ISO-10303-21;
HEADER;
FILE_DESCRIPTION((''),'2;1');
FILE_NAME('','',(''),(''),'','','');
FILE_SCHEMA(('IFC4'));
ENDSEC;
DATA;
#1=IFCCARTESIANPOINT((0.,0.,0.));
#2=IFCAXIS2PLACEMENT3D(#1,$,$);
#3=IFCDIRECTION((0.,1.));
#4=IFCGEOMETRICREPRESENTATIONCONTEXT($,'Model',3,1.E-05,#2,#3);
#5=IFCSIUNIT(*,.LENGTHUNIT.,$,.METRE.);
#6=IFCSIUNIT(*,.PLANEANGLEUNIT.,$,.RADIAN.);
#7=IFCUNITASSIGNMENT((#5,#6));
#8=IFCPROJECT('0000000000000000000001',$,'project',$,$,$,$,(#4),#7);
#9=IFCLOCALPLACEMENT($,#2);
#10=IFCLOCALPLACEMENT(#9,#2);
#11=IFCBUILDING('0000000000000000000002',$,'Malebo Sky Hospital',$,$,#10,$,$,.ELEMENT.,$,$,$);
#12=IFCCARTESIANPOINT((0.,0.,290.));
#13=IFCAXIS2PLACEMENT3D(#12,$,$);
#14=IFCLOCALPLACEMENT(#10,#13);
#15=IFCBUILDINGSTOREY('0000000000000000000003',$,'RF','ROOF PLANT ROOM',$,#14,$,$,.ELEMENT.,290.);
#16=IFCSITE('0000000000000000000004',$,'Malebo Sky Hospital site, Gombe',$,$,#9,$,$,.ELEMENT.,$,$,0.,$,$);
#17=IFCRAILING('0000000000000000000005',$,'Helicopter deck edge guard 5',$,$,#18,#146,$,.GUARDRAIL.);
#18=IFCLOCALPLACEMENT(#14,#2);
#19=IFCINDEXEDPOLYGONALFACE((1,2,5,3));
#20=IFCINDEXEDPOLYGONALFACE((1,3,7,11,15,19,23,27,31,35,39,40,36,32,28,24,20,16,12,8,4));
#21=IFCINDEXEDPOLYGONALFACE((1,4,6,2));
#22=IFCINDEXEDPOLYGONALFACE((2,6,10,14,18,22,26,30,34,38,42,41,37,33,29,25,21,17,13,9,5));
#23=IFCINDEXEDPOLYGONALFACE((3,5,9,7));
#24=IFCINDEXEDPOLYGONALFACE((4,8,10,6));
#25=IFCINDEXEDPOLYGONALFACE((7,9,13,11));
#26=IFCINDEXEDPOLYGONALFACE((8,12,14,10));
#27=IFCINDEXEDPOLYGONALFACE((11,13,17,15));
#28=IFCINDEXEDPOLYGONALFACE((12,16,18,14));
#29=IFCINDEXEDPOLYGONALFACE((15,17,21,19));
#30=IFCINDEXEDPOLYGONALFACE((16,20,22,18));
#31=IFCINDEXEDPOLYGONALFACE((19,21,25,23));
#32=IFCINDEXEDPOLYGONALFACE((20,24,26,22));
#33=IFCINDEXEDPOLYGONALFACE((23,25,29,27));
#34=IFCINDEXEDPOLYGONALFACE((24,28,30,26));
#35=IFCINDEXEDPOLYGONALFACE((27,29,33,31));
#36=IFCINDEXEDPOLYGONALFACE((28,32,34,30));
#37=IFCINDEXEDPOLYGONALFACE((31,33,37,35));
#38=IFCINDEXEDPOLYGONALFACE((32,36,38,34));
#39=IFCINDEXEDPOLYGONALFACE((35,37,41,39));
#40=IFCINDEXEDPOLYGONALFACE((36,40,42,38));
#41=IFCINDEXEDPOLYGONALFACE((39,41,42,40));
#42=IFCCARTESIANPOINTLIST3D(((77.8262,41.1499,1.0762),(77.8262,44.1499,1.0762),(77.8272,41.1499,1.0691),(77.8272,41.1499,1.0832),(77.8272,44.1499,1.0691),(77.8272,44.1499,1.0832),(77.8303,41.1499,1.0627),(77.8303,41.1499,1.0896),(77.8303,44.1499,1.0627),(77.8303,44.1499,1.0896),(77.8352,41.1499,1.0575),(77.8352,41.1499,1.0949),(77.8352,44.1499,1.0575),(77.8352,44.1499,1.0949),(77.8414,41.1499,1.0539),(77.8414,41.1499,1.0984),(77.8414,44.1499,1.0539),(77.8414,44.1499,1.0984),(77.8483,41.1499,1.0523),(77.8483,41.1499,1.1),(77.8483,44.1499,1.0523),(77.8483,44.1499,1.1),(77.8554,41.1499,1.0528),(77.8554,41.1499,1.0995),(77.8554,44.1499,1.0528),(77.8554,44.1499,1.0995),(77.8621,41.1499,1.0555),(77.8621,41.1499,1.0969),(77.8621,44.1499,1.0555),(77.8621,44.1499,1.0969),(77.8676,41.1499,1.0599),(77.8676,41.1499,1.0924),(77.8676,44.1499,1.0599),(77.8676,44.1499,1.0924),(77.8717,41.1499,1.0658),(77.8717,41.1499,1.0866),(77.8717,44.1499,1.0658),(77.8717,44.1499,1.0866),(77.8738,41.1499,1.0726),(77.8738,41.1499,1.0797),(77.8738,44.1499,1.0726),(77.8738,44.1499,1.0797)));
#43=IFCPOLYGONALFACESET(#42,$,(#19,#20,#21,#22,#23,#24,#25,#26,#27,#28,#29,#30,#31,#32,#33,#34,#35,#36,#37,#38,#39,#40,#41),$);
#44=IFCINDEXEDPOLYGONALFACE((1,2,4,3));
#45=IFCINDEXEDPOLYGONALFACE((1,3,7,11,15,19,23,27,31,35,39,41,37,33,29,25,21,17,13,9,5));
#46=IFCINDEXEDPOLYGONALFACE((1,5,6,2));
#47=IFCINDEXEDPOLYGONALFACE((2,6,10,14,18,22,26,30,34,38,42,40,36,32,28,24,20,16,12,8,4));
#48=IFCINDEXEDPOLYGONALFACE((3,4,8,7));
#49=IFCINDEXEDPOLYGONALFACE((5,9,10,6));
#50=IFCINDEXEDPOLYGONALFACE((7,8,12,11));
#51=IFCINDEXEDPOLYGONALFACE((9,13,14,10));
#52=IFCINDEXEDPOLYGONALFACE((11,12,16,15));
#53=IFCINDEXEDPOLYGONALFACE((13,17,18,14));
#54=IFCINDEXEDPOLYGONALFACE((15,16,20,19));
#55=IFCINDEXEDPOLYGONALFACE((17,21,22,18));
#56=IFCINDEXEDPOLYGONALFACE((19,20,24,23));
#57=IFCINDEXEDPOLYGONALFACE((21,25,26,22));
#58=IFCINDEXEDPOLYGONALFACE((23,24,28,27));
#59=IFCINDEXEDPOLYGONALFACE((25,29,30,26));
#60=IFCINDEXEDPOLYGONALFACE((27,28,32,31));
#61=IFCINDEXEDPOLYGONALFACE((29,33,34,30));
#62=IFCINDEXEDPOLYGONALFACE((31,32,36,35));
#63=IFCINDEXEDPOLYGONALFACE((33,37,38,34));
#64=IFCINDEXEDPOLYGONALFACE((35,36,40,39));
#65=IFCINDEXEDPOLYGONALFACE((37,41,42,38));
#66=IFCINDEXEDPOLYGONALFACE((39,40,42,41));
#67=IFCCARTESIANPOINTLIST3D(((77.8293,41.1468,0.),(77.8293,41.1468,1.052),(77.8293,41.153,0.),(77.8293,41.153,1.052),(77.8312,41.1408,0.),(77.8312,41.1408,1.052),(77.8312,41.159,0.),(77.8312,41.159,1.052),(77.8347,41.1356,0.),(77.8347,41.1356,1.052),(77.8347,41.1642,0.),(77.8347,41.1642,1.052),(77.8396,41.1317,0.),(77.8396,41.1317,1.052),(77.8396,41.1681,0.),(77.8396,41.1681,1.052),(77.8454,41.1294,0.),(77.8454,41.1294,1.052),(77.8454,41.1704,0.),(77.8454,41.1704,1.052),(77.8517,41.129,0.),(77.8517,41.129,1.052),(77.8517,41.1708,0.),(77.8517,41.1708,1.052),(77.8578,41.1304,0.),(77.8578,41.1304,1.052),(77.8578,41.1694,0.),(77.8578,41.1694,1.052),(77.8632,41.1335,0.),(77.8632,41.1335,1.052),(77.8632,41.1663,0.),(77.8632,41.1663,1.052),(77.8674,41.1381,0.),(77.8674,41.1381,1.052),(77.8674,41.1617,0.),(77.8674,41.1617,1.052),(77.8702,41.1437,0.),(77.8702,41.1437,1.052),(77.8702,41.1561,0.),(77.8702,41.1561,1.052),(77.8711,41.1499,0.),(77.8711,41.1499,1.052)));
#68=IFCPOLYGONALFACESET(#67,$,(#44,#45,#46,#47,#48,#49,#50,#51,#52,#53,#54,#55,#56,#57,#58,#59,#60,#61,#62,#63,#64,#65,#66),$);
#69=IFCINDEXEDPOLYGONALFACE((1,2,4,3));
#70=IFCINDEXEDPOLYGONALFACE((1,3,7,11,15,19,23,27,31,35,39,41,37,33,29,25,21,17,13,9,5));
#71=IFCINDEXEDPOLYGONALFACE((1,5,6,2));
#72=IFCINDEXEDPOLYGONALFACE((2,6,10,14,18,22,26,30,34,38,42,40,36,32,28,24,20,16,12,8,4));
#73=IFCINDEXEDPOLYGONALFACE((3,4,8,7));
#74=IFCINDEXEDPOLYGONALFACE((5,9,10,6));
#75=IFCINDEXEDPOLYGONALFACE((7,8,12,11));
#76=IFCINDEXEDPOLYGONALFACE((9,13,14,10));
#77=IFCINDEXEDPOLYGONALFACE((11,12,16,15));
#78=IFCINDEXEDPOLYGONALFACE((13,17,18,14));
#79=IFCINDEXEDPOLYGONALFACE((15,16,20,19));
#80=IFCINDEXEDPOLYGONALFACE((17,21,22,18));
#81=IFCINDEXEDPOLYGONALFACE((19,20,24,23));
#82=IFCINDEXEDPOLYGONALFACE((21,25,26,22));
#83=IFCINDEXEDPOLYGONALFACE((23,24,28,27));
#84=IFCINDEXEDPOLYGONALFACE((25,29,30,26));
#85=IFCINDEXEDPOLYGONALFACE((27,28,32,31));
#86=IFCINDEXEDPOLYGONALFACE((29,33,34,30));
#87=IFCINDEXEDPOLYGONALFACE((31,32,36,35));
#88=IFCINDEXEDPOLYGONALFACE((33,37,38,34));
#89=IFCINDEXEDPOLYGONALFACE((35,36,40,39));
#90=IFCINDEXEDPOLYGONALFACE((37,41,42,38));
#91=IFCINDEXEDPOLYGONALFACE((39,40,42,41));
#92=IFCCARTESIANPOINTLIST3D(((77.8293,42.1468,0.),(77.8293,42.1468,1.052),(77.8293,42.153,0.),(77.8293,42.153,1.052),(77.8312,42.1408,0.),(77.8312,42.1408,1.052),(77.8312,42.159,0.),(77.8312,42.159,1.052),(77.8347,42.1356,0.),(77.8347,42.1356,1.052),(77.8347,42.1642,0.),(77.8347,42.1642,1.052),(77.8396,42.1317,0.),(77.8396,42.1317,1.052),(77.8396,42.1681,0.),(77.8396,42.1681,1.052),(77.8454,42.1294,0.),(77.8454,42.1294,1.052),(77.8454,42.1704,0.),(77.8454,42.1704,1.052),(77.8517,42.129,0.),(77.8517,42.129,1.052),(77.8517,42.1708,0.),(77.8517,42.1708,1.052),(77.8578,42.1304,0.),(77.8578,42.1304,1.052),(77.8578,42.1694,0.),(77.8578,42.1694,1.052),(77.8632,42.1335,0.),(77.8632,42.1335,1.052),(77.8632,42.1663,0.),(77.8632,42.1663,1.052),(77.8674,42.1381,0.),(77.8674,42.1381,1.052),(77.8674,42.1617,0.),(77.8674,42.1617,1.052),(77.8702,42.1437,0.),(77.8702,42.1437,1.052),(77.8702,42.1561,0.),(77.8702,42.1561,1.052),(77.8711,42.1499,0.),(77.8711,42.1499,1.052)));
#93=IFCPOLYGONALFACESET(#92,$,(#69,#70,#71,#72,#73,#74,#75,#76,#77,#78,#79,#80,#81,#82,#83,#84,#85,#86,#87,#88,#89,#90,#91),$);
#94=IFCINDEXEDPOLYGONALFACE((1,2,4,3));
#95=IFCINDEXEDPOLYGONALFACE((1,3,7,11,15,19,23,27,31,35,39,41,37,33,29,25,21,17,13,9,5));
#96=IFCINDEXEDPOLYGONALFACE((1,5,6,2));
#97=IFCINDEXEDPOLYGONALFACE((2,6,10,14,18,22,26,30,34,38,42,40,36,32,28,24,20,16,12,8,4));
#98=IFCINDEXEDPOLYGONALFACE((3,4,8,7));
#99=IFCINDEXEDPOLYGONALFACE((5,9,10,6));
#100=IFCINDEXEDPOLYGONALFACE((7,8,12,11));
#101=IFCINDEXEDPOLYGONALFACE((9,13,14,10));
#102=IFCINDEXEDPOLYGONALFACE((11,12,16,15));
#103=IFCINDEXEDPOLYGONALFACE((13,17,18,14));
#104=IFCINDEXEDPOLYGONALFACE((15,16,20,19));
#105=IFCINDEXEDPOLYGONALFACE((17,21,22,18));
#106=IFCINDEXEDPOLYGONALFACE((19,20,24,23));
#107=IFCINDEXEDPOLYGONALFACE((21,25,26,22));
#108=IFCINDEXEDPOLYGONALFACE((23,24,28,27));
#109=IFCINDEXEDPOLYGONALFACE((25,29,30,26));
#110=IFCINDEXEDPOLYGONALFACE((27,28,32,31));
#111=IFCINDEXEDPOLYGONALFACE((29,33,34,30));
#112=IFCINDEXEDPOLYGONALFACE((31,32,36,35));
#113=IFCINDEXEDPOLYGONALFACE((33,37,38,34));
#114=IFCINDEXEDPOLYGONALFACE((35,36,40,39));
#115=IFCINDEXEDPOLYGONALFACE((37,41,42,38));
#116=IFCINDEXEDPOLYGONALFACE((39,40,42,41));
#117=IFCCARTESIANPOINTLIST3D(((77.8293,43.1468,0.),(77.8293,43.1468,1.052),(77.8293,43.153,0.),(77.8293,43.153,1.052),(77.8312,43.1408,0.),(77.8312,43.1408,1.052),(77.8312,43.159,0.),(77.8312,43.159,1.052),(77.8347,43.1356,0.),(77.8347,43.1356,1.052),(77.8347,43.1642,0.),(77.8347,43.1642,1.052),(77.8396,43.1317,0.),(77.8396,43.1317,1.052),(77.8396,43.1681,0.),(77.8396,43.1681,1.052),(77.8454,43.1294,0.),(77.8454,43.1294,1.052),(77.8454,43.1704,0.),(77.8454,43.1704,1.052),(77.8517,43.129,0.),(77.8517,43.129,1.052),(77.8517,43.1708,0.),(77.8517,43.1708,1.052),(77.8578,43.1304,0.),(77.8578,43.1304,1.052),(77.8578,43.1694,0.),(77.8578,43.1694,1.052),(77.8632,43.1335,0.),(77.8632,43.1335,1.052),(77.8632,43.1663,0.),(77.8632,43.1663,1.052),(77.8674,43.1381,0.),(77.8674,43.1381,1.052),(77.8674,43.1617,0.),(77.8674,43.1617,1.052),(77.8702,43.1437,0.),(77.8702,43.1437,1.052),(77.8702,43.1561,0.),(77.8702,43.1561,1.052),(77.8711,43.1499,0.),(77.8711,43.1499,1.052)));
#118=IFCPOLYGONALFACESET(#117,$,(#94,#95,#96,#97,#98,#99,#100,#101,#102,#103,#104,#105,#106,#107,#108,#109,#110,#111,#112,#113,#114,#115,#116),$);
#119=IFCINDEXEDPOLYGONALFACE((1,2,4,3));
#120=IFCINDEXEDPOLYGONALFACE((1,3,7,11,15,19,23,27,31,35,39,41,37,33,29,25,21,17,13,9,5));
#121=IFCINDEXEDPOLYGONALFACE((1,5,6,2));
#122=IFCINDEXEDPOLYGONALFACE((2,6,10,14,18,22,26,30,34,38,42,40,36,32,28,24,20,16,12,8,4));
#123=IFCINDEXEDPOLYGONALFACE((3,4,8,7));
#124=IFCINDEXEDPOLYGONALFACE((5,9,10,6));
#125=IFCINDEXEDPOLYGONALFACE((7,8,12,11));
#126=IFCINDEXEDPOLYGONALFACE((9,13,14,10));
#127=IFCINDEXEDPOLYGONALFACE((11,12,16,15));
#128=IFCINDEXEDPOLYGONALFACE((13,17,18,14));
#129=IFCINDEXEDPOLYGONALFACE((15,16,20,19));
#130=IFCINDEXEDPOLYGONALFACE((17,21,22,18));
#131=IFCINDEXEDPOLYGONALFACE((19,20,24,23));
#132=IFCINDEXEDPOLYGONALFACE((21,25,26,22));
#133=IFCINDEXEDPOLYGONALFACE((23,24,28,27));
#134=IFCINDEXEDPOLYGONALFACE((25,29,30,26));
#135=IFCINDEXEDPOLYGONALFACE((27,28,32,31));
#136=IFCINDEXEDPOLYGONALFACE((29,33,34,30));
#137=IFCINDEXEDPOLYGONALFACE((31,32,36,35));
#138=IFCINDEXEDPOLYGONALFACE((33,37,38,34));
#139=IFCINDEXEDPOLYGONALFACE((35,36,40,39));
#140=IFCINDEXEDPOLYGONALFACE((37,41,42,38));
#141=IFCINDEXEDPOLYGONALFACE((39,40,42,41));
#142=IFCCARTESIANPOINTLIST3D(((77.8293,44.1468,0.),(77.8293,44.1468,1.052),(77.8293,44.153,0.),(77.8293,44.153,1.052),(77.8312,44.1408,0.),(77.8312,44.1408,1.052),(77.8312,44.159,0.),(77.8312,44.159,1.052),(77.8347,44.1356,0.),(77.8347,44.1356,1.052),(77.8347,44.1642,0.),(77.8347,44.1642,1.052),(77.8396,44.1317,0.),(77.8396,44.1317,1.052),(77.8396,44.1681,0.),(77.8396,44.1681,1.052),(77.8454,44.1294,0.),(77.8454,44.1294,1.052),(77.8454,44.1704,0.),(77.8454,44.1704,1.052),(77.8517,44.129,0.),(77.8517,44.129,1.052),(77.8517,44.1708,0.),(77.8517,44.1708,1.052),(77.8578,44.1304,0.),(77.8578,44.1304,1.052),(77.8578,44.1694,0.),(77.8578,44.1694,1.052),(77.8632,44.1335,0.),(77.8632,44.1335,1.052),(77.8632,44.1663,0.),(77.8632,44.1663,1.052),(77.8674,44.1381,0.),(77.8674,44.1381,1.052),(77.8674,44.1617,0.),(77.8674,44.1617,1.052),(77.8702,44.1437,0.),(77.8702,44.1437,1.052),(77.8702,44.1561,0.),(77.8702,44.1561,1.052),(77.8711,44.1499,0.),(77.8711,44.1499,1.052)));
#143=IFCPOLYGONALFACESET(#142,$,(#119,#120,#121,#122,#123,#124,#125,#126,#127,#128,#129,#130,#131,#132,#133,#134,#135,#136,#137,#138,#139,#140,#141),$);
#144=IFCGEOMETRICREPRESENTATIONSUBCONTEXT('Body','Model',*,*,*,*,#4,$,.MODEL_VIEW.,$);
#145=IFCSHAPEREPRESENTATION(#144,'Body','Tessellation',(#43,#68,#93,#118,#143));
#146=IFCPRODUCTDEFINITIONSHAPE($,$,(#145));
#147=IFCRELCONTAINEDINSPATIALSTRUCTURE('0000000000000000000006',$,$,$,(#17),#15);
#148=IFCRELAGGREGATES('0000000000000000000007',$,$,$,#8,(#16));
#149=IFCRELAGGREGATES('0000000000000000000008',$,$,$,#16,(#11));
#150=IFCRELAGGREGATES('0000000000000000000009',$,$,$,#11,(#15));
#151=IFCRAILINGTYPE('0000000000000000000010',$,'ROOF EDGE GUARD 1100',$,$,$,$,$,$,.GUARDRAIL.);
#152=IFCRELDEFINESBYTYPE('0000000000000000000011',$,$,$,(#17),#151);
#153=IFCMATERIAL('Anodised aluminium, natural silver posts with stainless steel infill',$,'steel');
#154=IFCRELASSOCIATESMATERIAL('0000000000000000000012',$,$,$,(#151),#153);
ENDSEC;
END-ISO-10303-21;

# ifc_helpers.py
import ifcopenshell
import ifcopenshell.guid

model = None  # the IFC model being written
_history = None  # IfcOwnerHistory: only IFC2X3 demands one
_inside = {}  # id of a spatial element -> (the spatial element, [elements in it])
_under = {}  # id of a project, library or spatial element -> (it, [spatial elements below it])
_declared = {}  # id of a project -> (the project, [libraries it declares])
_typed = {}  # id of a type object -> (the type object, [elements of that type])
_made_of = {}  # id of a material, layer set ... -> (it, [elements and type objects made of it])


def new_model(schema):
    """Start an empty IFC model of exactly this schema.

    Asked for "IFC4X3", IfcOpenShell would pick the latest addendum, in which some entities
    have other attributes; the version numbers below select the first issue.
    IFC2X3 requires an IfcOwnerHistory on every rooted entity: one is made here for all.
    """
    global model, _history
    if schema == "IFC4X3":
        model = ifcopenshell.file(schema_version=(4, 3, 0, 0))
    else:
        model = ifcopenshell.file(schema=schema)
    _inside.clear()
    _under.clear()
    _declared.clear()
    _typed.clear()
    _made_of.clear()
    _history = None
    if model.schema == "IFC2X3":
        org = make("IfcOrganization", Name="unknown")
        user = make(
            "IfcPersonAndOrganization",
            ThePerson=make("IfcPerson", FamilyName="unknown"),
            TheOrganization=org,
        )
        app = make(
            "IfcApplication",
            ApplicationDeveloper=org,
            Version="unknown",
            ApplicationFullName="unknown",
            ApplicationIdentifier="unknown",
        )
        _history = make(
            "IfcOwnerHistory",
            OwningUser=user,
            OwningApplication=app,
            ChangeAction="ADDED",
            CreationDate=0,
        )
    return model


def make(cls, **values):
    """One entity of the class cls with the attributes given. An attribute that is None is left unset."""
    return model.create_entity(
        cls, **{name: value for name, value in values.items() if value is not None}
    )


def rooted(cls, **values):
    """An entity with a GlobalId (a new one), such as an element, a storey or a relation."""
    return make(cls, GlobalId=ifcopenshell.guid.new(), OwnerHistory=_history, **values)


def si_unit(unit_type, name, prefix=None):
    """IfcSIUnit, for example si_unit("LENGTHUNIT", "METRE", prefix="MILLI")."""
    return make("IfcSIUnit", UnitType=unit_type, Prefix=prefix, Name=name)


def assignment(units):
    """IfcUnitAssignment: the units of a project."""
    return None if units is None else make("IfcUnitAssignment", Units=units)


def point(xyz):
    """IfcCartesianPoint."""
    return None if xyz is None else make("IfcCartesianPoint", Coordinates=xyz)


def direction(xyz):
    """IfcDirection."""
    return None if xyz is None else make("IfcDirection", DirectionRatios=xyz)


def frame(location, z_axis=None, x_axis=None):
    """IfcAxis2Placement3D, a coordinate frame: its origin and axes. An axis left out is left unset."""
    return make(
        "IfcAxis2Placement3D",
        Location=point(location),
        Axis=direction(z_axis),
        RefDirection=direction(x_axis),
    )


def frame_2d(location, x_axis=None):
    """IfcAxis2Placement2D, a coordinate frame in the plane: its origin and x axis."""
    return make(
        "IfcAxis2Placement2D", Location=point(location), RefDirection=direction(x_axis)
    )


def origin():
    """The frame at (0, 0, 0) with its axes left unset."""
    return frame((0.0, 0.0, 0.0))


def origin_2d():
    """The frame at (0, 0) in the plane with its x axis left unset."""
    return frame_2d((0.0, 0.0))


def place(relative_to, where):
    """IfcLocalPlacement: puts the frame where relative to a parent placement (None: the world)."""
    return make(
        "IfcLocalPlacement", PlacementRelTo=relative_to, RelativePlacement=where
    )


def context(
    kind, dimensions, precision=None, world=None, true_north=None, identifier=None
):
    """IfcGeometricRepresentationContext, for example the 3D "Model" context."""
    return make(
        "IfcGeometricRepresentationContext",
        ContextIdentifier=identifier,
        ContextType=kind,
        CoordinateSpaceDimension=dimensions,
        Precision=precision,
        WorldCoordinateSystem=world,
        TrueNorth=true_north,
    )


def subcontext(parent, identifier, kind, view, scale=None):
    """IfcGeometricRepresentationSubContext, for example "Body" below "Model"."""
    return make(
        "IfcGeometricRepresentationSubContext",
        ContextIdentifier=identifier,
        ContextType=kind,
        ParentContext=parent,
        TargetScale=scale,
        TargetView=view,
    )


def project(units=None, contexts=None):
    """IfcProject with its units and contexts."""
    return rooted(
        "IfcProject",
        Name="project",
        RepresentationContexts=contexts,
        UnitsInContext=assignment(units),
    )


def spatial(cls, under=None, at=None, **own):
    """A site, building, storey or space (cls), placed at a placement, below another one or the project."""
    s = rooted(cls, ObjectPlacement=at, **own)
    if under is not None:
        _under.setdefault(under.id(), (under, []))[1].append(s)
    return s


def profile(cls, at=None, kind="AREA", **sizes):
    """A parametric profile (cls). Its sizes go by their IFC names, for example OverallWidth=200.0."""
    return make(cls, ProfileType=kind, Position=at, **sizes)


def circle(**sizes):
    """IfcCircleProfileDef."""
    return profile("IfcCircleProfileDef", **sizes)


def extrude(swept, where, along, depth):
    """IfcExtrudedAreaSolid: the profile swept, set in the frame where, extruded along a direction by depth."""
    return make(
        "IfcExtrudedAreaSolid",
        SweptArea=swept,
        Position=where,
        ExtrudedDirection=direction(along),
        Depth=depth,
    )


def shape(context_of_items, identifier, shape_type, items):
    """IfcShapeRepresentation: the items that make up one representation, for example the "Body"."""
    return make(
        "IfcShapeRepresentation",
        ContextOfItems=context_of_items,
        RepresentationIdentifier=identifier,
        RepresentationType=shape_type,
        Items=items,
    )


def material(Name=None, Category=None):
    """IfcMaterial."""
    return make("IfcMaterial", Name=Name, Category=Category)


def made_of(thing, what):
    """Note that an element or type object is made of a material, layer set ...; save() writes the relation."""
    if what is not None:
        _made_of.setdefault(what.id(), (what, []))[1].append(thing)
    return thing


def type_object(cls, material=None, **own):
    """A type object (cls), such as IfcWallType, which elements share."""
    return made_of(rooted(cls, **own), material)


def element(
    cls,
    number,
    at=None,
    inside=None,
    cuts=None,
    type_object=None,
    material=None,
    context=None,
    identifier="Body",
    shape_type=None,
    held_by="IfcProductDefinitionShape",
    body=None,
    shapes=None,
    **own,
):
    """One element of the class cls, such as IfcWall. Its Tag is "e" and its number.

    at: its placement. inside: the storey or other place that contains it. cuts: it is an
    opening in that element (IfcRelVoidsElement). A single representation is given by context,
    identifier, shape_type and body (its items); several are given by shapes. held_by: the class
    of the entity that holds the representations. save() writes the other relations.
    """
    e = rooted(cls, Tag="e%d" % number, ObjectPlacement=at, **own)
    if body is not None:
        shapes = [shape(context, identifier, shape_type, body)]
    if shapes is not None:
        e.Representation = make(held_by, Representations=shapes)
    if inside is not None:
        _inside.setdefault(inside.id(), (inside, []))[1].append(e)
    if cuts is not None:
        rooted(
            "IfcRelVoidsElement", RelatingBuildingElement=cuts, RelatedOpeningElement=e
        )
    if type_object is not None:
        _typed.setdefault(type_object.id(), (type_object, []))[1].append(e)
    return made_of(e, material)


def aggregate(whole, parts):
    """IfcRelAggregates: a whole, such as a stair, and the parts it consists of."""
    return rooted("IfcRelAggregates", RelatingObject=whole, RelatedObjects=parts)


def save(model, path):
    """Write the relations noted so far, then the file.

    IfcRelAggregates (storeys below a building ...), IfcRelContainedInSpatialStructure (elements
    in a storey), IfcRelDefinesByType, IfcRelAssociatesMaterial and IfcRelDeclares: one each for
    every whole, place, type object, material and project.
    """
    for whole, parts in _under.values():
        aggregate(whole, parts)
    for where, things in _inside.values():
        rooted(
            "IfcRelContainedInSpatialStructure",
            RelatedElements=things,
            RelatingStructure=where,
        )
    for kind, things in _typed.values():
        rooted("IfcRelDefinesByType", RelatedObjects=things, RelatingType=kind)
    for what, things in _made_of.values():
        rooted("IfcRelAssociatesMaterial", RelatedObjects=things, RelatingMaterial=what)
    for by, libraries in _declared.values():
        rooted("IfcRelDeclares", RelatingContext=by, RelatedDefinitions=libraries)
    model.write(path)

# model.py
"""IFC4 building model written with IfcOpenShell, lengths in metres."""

from ifc_helpers import new_model, si_unit, direction, frame, origin, origin_2d, place, context, subcontext, project, spatial, circle, extrude, material, type_object, element, save


model = new_model("IFC4")

# Units and contexts
model_context = context("Model", 3, precision=1e-05, world=origin(), true_north=direction((0.0, 1.0)))
body_context = subcontext(model_context, "Body", "Model", "MODEL_VIEW")
ifc_project = project(units=[si_unit("LENGTHUNIT", "METRE"), si_unit("PLANEANGLEUNIT", "RADIAN")], contexts=[model_context])

# Site, building, storey
site_placement = place(None, origin())
site = spatial("IfcSite", under=ifc_project, at=site_placement, Name="Malebo Sky Hospital site, Gombe", CompositionType="ELEMENT", RefElevation=0.0)
building_placement = place(site_placement, origin())
building = spatial("IfcBuilding", under=site, at=building_placement, Name="Malebo Sky Hospital", CompositionType="ELEMENT")
storey_placement = place(building_placement, frame((0.0, 0.0, 290.0)))
storey = spatial("IfcBuildingStorey", under=building, at=storey_placement, Name="RF", Description="ROOF PLANT ROOM", CompositionType="ELEMENT", Elevation=290.0)

# Railing
ifc_material_1 = material(Name="Anodised aluminium, natural silver posts with stainless steel infill", Category="steel")
railing_type = type_object("IfcRailingType", Name="ROOF EDGE GUARD 1100", PredefinedType="GUARDRAIL", material=ifc_material_1)
railing_1_placement = place(storey_placement, frame((77.8501, 41.1499, 0.0)))
element("IfcRailing", 1, at=railing_1_placement, inside=storey, type_object=railing_type, Name="Helicopter deck edge guard 5", PredefinedType="GUARDRAIL", context=body_context, shape_type="SweptSolid", body=[
    extrude(circle(Radius=0.0239, at=origin_2d()), frame((0.0, 0.0, 1.0762), z_axis=(0.0, 1.0, 0.0), x_axis=(-1.0, 0.0, 0.0)), (0.0, 0.0, 1.0), 3.0),
    extrude(circle(Radius=0.021, at=origin_2d()), origin(), (0.0, 0.0, 1.0), 1.052),
    extrude(circle(Radius=0.021, at=origin_2d()), frame((0.0, 1.0, 0.0)), (0.0, 0.0, 1.0), 1.052),
    extrude(circle(Radius=0.021, at=origin_2d()), frame((0.0, 2.0, 0.0)), (0.0, 0.0, 1.0), 1.052),
    extrude(circle(Radius=0.021, at=origin_2d()), frame((0.0, 3.0, 0.0)), (0.0, 0.0, 1.0), 1.052),
])

save(model, "model.ifc")
